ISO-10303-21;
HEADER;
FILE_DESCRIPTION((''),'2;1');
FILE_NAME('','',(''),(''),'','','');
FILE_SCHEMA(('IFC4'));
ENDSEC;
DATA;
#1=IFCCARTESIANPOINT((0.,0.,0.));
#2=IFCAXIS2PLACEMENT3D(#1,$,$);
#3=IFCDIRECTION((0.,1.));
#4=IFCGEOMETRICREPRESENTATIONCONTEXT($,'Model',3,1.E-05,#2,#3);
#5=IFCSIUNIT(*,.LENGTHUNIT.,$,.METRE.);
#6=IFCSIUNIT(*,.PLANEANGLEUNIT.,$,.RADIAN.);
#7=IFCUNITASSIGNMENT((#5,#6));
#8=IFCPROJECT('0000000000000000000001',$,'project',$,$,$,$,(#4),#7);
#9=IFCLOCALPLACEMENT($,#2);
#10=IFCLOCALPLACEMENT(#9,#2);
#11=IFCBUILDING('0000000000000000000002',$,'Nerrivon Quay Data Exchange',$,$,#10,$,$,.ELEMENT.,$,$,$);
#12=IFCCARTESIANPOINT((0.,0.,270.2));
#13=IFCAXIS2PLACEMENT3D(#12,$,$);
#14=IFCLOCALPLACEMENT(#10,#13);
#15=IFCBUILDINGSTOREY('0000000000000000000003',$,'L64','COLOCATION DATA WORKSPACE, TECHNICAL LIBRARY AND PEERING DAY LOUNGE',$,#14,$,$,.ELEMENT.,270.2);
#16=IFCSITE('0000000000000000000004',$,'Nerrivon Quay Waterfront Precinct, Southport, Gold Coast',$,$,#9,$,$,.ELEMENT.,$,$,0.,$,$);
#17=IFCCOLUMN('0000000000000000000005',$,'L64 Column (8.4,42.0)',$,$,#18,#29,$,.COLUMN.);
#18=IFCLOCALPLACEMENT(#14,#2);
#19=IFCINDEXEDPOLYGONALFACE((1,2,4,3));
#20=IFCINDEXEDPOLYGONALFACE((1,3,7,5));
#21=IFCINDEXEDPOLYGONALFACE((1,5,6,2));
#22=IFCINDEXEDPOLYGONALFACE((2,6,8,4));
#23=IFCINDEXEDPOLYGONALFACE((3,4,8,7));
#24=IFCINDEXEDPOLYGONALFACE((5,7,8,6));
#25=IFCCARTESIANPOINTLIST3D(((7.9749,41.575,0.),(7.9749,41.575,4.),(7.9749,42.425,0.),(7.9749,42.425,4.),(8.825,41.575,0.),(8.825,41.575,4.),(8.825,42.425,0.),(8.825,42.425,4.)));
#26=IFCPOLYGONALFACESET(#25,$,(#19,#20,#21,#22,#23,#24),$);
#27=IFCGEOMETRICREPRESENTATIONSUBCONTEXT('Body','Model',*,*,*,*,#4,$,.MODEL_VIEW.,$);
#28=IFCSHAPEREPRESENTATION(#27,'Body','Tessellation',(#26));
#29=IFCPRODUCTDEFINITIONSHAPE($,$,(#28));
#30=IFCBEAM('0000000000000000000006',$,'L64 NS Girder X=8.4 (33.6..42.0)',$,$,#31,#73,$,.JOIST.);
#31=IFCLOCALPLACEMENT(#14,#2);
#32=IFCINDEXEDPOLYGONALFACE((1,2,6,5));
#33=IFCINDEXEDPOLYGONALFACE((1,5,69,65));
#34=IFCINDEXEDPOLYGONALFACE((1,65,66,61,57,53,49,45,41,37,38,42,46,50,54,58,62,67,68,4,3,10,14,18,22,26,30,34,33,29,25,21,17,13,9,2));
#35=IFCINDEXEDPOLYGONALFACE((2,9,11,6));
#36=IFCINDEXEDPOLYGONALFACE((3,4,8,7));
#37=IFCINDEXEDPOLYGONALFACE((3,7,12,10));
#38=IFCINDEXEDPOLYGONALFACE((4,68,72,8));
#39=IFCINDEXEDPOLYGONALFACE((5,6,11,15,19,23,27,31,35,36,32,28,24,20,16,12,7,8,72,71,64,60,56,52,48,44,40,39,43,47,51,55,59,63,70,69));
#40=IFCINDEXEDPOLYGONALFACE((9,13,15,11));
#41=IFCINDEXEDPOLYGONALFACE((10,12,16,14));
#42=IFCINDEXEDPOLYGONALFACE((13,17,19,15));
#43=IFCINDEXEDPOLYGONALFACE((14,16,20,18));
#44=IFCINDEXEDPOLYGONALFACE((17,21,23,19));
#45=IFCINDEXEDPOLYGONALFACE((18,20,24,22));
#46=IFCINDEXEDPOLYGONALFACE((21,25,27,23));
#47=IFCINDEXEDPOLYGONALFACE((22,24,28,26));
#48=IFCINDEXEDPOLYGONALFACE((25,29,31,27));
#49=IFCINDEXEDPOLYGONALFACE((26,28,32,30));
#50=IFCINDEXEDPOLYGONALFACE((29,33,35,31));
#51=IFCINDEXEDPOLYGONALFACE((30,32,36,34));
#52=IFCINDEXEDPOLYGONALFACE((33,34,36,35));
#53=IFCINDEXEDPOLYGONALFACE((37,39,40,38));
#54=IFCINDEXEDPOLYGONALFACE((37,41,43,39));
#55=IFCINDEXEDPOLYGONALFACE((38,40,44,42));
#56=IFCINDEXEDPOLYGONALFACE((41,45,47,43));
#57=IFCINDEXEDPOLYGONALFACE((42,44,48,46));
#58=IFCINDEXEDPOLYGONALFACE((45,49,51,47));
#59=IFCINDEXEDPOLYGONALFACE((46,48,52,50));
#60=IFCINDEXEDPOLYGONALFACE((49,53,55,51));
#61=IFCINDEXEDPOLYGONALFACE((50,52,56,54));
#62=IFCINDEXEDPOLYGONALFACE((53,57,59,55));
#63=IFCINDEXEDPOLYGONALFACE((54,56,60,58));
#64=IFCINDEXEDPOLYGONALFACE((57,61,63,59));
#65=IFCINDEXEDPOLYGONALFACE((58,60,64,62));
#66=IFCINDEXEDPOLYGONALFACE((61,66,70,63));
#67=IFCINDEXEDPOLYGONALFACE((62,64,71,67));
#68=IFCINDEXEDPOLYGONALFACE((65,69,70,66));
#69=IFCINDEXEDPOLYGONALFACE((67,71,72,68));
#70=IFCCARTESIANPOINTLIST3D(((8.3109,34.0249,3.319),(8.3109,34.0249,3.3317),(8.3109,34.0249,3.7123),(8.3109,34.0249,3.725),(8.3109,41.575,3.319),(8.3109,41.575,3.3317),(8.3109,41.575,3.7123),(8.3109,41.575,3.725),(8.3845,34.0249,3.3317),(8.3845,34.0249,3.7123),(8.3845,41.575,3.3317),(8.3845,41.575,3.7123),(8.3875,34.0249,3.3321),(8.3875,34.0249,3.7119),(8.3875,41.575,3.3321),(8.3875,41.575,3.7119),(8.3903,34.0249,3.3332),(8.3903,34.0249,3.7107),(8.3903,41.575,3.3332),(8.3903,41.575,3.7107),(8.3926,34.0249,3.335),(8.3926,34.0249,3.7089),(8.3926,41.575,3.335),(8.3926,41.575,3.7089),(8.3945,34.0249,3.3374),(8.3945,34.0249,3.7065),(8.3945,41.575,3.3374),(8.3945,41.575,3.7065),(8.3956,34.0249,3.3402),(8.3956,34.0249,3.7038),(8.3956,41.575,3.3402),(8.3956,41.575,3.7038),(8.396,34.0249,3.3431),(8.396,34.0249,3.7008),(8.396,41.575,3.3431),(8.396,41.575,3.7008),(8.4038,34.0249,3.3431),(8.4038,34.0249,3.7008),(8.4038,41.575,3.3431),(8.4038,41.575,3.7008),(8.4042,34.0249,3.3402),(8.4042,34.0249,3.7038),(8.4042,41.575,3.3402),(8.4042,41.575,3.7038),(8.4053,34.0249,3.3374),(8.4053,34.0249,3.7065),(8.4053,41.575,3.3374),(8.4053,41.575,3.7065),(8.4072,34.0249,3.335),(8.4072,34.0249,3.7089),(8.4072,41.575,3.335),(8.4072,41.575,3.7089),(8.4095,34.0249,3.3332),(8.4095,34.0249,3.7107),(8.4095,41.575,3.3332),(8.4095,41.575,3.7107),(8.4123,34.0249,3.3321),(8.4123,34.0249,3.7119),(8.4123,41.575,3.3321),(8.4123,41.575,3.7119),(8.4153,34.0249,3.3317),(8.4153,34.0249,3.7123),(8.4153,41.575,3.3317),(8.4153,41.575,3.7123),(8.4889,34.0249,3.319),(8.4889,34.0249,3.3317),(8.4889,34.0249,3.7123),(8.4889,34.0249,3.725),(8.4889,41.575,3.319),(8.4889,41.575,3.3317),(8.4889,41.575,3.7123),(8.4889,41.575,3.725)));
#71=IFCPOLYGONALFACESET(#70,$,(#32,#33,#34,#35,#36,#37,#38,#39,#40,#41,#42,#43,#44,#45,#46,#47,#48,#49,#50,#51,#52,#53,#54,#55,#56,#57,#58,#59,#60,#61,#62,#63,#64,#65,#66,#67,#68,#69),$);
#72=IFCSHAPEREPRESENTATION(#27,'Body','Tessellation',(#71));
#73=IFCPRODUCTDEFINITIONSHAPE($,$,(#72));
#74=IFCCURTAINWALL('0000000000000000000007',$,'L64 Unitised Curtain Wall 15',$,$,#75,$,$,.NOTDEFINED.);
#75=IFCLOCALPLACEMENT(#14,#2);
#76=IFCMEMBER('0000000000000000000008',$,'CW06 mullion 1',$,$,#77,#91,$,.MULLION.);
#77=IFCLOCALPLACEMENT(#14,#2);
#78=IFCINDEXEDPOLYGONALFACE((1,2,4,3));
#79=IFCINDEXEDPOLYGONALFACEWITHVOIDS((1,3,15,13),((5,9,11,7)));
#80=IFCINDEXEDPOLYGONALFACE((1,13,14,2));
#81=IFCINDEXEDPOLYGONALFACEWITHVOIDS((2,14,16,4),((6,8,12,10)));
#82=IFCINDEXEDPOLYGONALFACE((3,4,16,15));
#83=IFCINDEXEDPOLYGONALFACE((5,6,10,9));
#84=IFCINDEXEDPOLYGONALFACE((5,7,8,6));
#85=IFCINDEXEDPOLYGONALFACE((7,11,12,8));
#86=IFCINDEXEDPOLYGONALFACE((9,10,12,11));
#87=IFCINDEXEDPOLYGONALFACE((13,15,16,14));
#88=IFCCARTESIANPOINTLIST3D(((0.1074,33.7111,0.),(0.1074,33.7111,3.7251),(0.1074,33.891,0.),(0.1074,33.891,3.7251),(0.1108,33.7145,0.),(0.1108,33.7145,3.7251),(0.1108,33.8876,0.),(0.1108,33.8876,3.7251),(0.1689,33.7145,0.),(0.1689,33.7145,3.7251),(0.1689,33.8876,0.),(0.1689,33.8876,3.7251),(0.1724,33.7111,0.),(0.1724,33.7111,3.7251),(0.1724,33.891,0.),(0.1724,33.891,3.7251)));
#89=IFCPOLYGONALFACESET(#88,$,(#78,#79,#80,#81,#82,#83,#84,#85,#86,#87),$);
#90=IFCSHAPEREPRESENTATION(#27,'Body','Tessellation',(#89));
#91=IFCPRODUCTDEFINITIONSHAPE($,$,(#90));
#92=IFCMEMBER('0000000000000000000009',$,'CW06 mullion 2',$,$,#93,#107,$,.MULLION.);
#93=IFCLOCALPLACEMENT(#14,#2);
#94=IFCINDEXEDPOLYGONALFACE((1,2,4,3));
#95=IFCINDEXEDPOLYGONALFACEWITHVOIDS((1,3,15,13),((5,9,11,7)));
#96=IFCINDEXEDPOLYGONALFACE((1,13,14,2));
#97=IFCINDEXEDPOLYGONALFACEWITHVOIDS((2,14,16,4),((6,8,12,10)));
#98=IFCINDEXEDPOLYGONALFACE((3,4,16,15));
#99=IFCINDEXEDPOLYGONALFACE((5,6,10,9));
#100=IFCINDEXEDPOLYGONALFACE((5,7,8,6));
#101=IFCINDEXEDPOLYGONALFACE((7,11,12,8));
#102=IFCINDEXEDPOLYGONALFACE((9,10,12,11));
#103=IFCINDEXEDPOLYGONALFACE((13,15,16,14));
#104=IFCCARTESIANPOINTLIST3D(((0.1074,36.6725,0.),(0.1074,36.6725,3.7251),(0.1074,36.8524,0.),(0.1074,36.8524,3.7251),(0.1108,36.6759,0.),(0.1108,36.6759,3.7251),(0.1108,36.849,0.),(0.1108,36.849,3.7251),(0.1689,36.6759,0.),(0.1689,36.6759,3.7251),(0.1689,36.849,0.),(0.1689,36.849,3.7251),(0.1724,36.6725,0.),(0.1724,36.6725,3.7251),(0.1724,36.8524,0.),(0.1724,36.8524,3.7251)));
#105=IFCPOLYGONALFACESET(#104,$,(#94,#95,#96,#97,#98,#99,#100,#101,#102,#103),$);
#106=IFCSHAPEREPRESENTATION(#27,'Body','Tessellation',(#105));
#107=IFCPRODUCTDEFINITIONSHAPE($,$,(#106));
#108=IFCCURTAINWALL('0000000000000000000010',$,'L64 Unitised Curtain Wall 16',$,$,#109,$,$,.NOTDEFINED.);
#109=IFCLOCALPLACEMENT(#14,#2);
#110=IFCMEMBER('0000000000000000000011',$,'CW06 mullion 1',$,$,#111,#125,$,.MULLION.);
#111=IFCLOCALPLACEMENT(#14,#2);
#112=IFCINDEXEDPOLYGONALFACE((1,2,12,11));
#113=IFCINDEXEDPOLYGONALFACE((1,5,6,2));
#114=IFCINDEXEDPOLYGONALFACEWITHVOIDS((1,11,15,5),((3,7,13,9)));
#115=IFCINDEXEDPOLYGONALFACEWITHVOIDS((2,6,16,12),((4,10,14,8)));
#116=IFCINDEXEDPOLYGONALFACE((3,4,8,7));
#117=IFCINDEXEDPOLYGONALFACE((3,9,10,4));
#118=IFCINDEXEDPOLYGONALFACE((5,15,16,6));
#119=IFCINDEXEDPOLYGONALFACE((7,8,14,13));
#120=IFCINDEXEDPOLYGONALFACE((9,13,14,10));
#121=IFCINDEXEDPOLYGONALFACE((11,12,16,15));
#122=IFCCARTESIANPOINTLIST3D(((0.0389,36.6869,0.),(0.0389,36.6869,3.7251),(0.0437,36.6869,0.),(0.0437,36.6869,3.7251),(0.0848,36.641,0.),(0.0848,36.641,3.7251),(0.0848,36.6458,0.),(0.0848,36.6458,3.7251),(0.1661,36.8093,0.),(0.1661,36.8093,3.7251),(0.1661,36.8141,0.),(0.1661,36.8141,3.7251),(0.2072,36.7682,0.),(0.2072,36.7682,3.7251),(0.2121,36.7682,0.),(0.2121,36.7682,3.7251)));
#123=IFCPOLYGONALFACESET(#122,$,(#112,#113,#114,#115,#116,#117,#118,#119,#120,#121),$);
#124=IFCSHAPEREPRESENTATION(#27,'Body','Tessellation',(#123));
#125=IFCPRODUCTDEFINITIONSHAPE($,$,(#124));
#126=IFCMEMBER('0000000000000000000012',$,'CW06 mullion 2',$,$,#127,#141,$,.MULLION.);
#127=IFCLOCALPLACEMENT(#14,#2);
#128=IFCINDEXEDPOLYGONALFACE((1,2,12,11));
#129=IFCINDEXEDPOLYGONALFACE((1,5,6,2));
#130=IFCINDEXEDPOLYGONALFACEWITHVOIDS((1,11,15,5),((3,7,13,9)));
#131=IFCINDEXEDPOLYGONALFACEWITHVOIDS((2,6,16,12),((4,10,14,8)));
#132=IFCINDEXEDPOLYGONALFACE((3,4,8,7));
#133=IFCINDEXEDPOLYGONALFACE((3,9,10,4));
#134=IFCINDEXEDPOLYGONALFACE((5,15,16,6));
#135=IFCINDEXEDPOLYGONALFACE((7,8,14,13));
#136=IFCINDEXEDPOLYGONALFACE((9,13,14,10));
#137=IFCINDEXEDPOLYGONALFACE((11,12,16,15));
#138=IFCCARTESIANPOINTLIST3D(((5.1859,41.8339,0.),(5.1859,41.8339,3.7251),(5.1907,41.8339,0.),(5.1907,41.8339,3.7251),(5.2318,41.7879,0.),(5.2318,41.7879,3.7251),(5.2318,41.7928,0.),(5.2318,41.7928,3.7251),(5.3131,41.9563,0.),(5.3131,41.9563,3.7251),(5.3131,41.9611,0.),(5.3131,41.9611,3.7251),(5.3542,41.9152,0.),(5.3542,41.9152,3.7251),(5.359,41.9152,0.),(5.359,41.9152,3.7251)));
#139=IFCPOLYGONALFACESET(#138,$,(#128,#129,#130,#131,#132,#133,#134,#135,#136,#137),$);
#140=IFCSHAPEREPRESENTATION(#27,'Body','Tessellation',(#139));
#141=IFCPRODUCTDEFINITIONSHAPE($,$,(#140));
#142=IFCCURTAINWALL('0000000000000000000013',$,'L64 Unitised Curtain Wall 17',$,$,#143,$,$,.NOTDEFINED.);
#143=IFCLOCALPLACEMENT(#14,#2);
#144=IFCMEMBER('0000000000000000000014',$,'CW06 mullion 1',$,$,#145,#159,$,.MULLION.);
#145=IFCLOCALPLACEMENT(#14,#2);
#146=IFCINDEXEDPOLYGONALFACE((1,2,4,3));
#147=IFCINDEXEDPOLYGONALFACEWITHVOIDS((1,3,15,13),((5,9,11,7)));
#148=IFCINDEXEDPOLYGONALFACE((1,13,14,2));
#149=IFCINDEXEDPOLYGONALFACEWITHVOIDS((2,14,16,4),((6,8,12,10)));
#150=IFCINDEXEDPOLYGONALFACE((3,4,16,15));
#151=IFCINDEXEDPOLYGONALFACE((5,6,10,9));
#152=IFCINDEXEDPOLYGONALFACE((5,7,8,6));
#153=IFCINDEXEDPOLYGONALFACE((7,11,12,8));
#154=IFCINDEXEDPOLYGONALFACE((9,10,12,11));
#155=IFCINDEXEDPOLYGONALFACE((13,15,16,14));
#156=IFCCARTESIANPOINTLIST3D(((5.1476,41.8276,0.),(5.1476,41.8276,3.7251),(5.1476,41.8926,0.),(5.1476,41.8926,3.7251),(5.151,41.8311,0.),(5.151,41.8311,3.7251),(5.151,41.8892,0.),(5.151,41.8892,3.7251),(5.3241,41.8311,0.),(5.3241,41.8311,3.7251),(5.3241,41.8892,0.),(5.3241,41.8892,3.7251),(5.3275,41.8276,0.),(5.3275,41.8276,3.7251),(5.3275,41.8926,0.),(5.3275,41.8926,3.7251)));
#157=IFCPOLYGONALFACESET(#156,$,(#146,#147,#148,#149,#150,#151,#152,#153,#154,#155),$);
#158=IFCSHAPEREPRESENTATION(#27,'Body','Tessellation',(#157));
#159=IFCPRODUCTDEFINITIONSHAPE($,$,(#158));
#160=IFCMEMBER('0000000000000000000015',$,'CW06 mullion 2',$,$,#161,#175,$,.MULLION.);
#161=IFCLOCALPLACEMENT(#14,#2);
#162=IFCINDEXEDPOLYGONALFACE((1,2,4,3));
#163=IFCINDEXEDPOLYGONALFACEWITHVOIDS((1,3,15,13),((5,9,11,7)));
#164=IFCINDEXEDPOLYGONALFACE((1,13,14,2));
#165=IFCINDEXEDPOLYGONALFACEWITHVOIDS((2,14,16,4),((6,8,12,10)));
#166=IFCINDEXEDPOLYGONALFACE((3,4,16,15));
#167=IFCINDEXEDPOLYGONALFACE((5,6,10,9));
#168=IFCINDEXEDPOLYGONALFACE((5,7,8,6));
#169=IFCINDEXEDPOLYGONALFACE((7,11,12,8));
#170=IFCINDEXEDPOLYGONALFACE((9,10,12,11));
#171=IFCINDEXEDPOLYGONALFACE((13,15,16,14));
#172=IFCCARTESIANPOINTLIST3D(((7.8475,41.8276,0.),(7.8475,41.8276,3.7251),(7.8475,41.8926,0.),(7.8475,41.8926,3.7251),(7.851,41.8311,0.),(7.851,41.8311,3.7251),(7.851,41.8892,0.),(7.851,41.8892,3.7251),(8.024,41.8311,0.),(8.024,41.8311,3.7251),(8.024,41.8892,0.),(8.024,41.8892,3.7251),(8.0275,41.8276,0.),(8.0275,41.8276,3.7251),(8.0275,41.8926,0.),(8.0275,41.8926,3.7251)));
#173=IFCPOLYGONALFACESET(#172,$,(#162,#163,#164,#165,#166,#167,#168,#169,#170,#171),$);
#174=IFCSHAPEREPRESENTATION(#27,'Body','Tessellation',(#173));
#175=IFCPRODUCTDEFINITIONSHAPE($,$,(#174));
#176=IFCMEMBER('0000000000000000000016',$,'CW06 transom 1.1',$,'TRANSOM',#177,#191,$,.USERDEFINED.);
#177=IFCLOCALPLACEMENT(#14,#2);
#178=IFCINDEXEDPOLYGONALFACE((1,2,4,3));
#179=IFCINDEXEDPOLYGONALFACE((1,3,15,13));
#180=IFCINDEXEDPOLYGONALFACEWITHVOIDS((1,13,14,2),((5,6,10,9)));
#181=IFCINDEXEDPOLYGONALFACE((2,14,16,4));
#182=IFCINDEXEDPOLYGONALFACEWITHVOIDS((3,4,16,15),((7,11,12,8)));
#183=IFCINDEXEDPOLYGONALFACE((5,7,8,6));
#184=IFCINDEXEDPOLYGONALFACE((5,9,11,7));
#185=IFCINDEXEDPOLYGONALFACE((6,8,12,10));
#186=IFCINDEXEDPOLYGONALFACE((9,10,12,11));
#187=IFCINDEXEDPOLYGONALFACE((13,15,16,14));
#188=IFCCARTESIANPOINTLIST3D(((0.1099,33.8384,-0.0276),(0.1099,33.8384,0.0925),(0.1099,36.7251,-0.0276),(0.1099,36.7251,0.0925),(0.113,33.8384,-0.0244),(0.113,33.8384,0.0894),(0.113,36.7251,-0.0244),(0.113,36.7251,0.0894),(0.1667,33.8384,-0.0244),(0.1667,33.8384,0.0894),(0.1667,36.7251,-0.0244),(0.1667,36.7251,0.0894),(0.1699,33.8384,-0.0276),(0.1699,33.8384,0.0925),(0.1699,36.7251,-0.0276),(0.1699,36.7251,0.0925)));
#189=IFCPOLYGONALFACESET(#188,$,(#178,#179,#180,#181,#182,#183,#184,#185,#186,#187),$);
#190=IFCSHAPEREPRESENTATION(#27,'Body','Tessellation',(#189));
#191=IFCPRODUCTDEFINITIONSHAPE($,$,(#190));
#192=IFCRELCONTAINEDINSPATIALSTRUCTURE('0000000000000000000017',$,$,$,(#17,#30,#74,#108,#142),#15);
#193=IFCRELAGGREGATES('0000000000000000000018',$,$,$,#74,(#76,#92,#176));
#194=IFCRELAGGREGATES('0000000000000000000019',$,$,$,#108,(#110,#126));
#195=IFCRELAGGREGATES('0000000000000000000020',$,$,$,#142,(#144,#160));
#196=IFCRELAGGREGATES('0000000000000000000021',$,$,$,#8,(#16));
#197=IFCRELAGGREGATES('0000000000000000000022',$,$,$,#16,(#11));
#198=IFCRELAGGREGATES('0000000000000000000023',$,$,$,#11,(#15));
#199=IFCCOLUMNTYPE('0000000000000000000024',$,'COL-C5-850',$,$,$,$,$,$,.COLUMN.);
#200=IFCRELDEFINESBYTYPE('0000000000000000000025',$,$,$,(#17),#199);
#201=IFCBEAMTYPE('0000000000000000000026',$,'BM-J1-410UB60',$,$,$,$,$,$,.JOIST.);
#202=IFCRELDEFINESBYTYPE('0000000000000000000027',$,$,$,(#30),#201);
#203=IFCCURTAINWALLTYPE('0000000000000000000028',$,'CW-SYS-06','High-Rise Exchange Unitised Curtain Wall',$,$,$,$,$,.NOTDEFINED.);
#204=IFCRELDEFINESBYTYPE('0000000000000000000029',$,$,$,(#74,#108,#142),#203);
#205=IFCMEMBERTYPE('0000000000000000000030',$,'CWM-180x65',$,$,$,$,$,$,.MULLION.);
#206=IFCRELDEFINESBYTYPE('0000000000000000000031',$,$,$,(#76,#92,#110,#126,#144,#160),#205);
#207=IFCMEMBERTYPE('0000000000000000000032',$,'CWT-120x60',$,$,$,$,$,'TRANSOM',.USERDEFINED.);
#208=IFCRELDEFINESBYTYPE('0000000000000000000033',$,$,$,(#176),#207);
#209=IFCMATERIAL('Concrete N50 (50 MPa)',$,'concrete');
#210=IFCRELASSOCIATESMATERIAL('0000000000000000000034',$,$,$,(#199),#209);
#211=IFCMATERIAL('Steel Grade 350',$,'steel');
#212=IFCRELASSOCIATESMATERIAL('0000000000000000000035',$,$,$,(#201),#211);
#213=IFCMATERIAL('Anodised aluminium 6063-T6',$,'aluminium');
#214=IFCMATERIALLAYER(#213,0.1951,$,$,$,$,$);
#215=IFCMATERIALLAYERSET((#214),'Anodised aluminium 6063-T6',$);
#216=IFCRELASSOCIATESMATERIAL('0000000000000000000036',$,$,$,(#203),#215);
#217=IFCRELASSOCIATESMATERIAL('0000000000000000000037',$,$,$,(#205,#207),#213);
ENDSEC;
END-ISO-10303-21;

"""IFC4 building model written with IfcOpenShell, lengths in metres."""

from ifc_helpers import new_model, si_unit, direction, frame, origin, origin_2d, place, context, subcontext, project, spatial, rectangle, hollow_rectangle, i_section, extrude, material, layer, layer_set, material_profile, profile_set, type_object, element, aggregate, save


model = new_model("IFC4")

# Units and contexts
model_context = context("Model", 3, precision=1e-05, world=origin(), true_north=direction((0.0, 1.0)))
body_context = subcontext(model_context, "Body", "Model", "MODEL_VIEW")
ifc_project = project(units=[si_unit("LENGTHUNIT", "METRE"), si_unit("PLANEANGLEUNIT", "RADIAN")], contexts=[model_context])

# Site, building, storey
site_placement = place(None, origin())
site = spatial("IfcSite", under=ifc_project, at=site_placement, Name="Nerrivon Quay Waterfront Precinct, Southport, Gold Coast", CompositionType="ELEMENT", RefElevation=0.0)
building_placement = place(site_placement, origin())
building = spatial("IfcBuilding", under=site, at=building_placement, Name="Nerrivon Quay Data Exchange", CompositionType="ELEMENT")
storey_placement = place(building_placement, frame((0.0, 0.0, 270.2)))
storey = spatial("IfcBuildingStorey", under=building, at=storey_placement, Name="L64", Description="COLOCATION DATA WORKSPACE, TECHNICAL LIBRARY AND PEERING DAY LOUNGE", CompositionType="ELEMENT", Elevation=270.2)

# Column
ifc_material_1 = material(Name="Concrete N50 (50 MPa)", Category="concrete")
ifc_material_profile_1 = material_profile(ifc_material_1, rectangle(XDim=0.8501, YDim=0.8501, at=origin_2d()), Name="RC-COL-850x850")
ifc_profile_set_1 = profile_set([ifc_material_profile_1], Name="Concrete N50 (50 MPa)")
column_type = type_object("IfcColumnType", Name="COL-C5-850", PredefinedType="COLUMN", material=ifc_profile_set_1)
column_placement = place(storey_placement, frame((8.3999, 42.0, 0.0), z_axis=(0.0, 0.0, 1.0), x_axis=(1.0, 0.0, 0.0)))
element("IfcColumn", 1, at=column_placement, inside=storey, type_object=column_type, Name="L64 Column (8.4,42.0)", PredefinedType="COLUMN", context=body_context, shape_type="SweptSolid", body=[
    extrude(rectangle(XDim=0.8501, YDim=0.8501, at=origin_2d()), origin(), (0.0, 0.0, 1.0), 4.0),
])

# Beam
ifc_material_2 = material(Name="Steel Grade 350", Category="steel")
ifc_material_profile_2 = material_profile(ifc_material_2, i_section(OverallWidth=0.178, OverallDepth=0.406, WebThickness=0.0078, FlangeThickness=0.0127, FilletRadius=0.0115, at=origin_2d()), Name="410UB59.7")
ifc_profile_set_2 = profile_set([ifc_material_profile_2], Name="Steel Grade 350")
beam_type = type_object("IfcBeamType", Name="BM-J1-410UB60", PredefinedType="JOIST", material=ifc_profile_set_2)
beam_placement = place(storey_placement, frame((8.3999, 34.0249, 3.522), z_axis=(0.0, 1.0, 0.0), x_axis=(-1.0, 0.0, 0.0)))
element("IfcBeam", 2, at=beam_placement, inside=storey, type_object=beam_type, Name="L64 NS Girder X=8.4 (33.6..42.0)", PredefinedType="JOIST", context=body_context, shape_type="SweptSolid", body=[
    extrude(i_section(OverallWidth=0.178, OverallDepth=0.406, WebThickness=0.0078, FlangeThickness=0.0127, FilletRadius=0.0115, at=origin_2d()), origin(), (0.0, 0.0, 1.0), 7.55),
])

# Curtain walls, members
ifc_material_3 = material(Name="Anodised aluminium 6063-T6", Category="aluminium")
ifc_layer_1 = layer(ifc_material_3, 0.1951)
ifc_layer_set_1 = layer_set([ifc_layer_1], Name="Anodised aluminium 6063-T6")
curtain_wall_type = type_object("IfcCurtainWallType", Name="CW-SYS-06", Description="High-Rise Exchange Unitised Curtain Wall", PredefinedType="NOTDEFINED", material=ifc_layer_set_1)
curtain_wall_1_placement = place(storey_placement, origin())
curtain_wall_1 = element("IfcCurtainWall", 3, at=curtain_wall_1_placement, inside=storey, type_object=curtain_wall_type, Name="L64 Unitised Curtain Wall 15", PredefinedType="NOTDEFINED")
ifc_material_profile_3 = material_profile(ifc_material_3, hollow_rectangle(XDim=0.0649, YDim=0.1799, WallThickness=0.0034, at=origin_2d()), Name="ALU-MULL-180x65")
ifc_profile_set_3 = profile_set([ifc_material_profile_3], Name="Anodised aluminium 6063-T6")
member_type_1 = type_object("IfcMemberType", Name="CWM-180x65", PredefinedType="MULLION", material=ifc_profile_set_3)
member_1_placement = place(storey_placement, frame((0.1399, 33.801, 0.0), z_axis=(0.0, 0.0, 1.0), x_axis=(-1.0, 0.0, 0.0)))
member_1 = element("IfcMember", 4, at=member_1_placement, type_object=member_type_1, Name="CW06 mullion 1", PredefinedType="MULLION", context=body_context, shape_type="SweptSolid", body=[
    extrude(hollow_rectangle(XDim=0.0649, YDim=0.1799, WallThickness=0.0034, at=origin_2d()), origin(), (0.0, 0.0, 1.0), 3.7251),
])
member_2_placement = place(storey_placement, frame((0.1399, 36.7625, 0.0), z_axis=(0.0, 0.0, 1.0), x_axis=(-1.0, 0.0, 0.0)))
member_2 = element("IfcMember", 5, at=member_2_placement, type_object=member_type_1, Name="CW06 mullion 2", PredefinedType="MULLION", context=body_context, shape_type="SweptSolid", body=[
    extrude(hollow_rectangle(XDim=0.0649, YDim=0.1799, WallThickness=0.0034, at=origin_2d()), origin(), (0.0, 0.0, 1.0), 3.7251),
])
curtain_wall_2_placement = place(storey_placement, origin())
curtain_wall_2 = element("IfcCurtainWall", 6, at=curtain_wall_2_placement, inside=storey, type_object=curtain_wall_type, Name="L64 Unitised Curtain Wall 16", PredefinedType="NOTDEFINED")
member_3_placement = place(storey_placement, frame((0.1255, 36.7275, 0.0), z_axis=(0.0, 0.0, 1.0), x_axis=(-0.707107, 0.707107, 0.0)))
member_3 = element("IfcMember", 7, at=member_3_placement, type_object=member_type_1, Name="CW06 mullion 1", PredefinedType="MULLION", context=body_context, shape_type="SweptSolid", body=[
    extrude(hollow_rectangle(XDim=0.0649, YDim=0.1799, WallThickness=0.0034, at=origin_2d()), origin(), (0.0, 0.0, 1.0), 3.7251),
])
member_4_placement = place(storey_placement, frame((5.2725, 41.8745, 0.0), z_axis=(0.0, 0.0, 1.0), x_axis=(-0.707107, 0.707107, 0.0)))
member_4 = element("IfcMember", 8, at=member_4_placement, type_object=member_type_1, Name="CW06 mullion 2", PredefinedType="MULLION", context=body_context, shape_type="SweptSolid", body=[
    extrude(hollow_rectangle(XDim=0.0649, YDim=0.1799, WallThickness=0.0034, at=origin_2d()), origin(), (0.0, 0.0, 1.0), 3.7251),
])
curtain_wall_3_placement = place(storey_placement, origin())
curtain_wall_3 = element("IfcCurtainWall", 9, at=curtain_wall_3_placement, inside=storey, type_object=curtain_wall_type, Name="L64 Unitised Curtain Wall 17", PredefinedType="NOTDEFINED")
member_5_placement = place(storey_placement, frame((5.2375, 41.8601, 0.0), z_axis=(0.0, 0.0, 1.0), x_axis=(0.0, 1.0, 0.0)))
member_5 = element("IfcMember", 10, at=member_5_placement, type_object=member_type_1, Name="CW06 mullion 1", PredefinedType="MULLION", context=body_context, shape_type="SweptSolid", body=[
    extrude(hollow_rectangle(XDim=0.0649, YDim=0.1799, WallThickness=0.0034, at=origin_2d()), origin(), (0.0, 0.0, 1.0), 3.7251),
])
member_6_placement = place(storey_placement, frame((7.9375, 41.8601, 0.0), z_axis=(0.0, 0.0, 1.0), x_axis=(0.0, 1.0, 0.0)))
member_6 = element("IfcMember", 11, at=member_6_placement, type_object=member_type_1, Name="CW06 mullion 2", PredefinedType="MULLION", context=body_context, shape_type="SweptSolid", body=[
    extrude(hollow_rectangle(XDim=0.0649, YDim=0.1799, WallThickness=0.0034, at=origin_2d()), origin(), (0.0, 0.0, 1.0), 3.7251),
])

# Member
ifc_material_profile_4 = material_profile(ifc_material_3, hollow_rectangle(XDim=0.0601, YDim=0.1201, WallThickness=0.0032, at=origin_2d()), Name="ALU-TRAN-120x60")
ifc_profile_set_4 = profile_set([ifc_material_profile_4], Name="Anodised aluminium 6063-T6")
member_type_2 = type_object("IfcMemberType", Name="CWT-120x60", ElementType="TRANSOM", PredefinedType="USERDEFINED", material=ifc_profile_set_4)
member_7_placement = place(storey_placement, frame((0.1399, 33.8384, 0.0325), z_axis=(0.0, 1.0, 0.0), x_axis=(-1.0, 0.0, 0.0)))
member_7 = element("IfcMember", 12, at=member_7_placement, type_object=member_type_2, Name="CW06 transom 1.1", ObjectType="TRANSOM", PredefinedType="USERDEFINED", context=body_context, shape_type="SweptSolid", body=[
    extrude(hollow_rectangle(XDim=0.0601, YDim=0.1201, WallThickness=0.0032, at=origin_2d()), origin(), (0.0, 0.0, 1.0), 2.8867),
])

aggregate(curtain_wall_1, [member_1, member_2, member_7])
aggregate(curtain_wall_2, [member_3, member_4])
aggregate(curtain_wall_3, [member_5, member_6])

save(model, "model.ifc")
